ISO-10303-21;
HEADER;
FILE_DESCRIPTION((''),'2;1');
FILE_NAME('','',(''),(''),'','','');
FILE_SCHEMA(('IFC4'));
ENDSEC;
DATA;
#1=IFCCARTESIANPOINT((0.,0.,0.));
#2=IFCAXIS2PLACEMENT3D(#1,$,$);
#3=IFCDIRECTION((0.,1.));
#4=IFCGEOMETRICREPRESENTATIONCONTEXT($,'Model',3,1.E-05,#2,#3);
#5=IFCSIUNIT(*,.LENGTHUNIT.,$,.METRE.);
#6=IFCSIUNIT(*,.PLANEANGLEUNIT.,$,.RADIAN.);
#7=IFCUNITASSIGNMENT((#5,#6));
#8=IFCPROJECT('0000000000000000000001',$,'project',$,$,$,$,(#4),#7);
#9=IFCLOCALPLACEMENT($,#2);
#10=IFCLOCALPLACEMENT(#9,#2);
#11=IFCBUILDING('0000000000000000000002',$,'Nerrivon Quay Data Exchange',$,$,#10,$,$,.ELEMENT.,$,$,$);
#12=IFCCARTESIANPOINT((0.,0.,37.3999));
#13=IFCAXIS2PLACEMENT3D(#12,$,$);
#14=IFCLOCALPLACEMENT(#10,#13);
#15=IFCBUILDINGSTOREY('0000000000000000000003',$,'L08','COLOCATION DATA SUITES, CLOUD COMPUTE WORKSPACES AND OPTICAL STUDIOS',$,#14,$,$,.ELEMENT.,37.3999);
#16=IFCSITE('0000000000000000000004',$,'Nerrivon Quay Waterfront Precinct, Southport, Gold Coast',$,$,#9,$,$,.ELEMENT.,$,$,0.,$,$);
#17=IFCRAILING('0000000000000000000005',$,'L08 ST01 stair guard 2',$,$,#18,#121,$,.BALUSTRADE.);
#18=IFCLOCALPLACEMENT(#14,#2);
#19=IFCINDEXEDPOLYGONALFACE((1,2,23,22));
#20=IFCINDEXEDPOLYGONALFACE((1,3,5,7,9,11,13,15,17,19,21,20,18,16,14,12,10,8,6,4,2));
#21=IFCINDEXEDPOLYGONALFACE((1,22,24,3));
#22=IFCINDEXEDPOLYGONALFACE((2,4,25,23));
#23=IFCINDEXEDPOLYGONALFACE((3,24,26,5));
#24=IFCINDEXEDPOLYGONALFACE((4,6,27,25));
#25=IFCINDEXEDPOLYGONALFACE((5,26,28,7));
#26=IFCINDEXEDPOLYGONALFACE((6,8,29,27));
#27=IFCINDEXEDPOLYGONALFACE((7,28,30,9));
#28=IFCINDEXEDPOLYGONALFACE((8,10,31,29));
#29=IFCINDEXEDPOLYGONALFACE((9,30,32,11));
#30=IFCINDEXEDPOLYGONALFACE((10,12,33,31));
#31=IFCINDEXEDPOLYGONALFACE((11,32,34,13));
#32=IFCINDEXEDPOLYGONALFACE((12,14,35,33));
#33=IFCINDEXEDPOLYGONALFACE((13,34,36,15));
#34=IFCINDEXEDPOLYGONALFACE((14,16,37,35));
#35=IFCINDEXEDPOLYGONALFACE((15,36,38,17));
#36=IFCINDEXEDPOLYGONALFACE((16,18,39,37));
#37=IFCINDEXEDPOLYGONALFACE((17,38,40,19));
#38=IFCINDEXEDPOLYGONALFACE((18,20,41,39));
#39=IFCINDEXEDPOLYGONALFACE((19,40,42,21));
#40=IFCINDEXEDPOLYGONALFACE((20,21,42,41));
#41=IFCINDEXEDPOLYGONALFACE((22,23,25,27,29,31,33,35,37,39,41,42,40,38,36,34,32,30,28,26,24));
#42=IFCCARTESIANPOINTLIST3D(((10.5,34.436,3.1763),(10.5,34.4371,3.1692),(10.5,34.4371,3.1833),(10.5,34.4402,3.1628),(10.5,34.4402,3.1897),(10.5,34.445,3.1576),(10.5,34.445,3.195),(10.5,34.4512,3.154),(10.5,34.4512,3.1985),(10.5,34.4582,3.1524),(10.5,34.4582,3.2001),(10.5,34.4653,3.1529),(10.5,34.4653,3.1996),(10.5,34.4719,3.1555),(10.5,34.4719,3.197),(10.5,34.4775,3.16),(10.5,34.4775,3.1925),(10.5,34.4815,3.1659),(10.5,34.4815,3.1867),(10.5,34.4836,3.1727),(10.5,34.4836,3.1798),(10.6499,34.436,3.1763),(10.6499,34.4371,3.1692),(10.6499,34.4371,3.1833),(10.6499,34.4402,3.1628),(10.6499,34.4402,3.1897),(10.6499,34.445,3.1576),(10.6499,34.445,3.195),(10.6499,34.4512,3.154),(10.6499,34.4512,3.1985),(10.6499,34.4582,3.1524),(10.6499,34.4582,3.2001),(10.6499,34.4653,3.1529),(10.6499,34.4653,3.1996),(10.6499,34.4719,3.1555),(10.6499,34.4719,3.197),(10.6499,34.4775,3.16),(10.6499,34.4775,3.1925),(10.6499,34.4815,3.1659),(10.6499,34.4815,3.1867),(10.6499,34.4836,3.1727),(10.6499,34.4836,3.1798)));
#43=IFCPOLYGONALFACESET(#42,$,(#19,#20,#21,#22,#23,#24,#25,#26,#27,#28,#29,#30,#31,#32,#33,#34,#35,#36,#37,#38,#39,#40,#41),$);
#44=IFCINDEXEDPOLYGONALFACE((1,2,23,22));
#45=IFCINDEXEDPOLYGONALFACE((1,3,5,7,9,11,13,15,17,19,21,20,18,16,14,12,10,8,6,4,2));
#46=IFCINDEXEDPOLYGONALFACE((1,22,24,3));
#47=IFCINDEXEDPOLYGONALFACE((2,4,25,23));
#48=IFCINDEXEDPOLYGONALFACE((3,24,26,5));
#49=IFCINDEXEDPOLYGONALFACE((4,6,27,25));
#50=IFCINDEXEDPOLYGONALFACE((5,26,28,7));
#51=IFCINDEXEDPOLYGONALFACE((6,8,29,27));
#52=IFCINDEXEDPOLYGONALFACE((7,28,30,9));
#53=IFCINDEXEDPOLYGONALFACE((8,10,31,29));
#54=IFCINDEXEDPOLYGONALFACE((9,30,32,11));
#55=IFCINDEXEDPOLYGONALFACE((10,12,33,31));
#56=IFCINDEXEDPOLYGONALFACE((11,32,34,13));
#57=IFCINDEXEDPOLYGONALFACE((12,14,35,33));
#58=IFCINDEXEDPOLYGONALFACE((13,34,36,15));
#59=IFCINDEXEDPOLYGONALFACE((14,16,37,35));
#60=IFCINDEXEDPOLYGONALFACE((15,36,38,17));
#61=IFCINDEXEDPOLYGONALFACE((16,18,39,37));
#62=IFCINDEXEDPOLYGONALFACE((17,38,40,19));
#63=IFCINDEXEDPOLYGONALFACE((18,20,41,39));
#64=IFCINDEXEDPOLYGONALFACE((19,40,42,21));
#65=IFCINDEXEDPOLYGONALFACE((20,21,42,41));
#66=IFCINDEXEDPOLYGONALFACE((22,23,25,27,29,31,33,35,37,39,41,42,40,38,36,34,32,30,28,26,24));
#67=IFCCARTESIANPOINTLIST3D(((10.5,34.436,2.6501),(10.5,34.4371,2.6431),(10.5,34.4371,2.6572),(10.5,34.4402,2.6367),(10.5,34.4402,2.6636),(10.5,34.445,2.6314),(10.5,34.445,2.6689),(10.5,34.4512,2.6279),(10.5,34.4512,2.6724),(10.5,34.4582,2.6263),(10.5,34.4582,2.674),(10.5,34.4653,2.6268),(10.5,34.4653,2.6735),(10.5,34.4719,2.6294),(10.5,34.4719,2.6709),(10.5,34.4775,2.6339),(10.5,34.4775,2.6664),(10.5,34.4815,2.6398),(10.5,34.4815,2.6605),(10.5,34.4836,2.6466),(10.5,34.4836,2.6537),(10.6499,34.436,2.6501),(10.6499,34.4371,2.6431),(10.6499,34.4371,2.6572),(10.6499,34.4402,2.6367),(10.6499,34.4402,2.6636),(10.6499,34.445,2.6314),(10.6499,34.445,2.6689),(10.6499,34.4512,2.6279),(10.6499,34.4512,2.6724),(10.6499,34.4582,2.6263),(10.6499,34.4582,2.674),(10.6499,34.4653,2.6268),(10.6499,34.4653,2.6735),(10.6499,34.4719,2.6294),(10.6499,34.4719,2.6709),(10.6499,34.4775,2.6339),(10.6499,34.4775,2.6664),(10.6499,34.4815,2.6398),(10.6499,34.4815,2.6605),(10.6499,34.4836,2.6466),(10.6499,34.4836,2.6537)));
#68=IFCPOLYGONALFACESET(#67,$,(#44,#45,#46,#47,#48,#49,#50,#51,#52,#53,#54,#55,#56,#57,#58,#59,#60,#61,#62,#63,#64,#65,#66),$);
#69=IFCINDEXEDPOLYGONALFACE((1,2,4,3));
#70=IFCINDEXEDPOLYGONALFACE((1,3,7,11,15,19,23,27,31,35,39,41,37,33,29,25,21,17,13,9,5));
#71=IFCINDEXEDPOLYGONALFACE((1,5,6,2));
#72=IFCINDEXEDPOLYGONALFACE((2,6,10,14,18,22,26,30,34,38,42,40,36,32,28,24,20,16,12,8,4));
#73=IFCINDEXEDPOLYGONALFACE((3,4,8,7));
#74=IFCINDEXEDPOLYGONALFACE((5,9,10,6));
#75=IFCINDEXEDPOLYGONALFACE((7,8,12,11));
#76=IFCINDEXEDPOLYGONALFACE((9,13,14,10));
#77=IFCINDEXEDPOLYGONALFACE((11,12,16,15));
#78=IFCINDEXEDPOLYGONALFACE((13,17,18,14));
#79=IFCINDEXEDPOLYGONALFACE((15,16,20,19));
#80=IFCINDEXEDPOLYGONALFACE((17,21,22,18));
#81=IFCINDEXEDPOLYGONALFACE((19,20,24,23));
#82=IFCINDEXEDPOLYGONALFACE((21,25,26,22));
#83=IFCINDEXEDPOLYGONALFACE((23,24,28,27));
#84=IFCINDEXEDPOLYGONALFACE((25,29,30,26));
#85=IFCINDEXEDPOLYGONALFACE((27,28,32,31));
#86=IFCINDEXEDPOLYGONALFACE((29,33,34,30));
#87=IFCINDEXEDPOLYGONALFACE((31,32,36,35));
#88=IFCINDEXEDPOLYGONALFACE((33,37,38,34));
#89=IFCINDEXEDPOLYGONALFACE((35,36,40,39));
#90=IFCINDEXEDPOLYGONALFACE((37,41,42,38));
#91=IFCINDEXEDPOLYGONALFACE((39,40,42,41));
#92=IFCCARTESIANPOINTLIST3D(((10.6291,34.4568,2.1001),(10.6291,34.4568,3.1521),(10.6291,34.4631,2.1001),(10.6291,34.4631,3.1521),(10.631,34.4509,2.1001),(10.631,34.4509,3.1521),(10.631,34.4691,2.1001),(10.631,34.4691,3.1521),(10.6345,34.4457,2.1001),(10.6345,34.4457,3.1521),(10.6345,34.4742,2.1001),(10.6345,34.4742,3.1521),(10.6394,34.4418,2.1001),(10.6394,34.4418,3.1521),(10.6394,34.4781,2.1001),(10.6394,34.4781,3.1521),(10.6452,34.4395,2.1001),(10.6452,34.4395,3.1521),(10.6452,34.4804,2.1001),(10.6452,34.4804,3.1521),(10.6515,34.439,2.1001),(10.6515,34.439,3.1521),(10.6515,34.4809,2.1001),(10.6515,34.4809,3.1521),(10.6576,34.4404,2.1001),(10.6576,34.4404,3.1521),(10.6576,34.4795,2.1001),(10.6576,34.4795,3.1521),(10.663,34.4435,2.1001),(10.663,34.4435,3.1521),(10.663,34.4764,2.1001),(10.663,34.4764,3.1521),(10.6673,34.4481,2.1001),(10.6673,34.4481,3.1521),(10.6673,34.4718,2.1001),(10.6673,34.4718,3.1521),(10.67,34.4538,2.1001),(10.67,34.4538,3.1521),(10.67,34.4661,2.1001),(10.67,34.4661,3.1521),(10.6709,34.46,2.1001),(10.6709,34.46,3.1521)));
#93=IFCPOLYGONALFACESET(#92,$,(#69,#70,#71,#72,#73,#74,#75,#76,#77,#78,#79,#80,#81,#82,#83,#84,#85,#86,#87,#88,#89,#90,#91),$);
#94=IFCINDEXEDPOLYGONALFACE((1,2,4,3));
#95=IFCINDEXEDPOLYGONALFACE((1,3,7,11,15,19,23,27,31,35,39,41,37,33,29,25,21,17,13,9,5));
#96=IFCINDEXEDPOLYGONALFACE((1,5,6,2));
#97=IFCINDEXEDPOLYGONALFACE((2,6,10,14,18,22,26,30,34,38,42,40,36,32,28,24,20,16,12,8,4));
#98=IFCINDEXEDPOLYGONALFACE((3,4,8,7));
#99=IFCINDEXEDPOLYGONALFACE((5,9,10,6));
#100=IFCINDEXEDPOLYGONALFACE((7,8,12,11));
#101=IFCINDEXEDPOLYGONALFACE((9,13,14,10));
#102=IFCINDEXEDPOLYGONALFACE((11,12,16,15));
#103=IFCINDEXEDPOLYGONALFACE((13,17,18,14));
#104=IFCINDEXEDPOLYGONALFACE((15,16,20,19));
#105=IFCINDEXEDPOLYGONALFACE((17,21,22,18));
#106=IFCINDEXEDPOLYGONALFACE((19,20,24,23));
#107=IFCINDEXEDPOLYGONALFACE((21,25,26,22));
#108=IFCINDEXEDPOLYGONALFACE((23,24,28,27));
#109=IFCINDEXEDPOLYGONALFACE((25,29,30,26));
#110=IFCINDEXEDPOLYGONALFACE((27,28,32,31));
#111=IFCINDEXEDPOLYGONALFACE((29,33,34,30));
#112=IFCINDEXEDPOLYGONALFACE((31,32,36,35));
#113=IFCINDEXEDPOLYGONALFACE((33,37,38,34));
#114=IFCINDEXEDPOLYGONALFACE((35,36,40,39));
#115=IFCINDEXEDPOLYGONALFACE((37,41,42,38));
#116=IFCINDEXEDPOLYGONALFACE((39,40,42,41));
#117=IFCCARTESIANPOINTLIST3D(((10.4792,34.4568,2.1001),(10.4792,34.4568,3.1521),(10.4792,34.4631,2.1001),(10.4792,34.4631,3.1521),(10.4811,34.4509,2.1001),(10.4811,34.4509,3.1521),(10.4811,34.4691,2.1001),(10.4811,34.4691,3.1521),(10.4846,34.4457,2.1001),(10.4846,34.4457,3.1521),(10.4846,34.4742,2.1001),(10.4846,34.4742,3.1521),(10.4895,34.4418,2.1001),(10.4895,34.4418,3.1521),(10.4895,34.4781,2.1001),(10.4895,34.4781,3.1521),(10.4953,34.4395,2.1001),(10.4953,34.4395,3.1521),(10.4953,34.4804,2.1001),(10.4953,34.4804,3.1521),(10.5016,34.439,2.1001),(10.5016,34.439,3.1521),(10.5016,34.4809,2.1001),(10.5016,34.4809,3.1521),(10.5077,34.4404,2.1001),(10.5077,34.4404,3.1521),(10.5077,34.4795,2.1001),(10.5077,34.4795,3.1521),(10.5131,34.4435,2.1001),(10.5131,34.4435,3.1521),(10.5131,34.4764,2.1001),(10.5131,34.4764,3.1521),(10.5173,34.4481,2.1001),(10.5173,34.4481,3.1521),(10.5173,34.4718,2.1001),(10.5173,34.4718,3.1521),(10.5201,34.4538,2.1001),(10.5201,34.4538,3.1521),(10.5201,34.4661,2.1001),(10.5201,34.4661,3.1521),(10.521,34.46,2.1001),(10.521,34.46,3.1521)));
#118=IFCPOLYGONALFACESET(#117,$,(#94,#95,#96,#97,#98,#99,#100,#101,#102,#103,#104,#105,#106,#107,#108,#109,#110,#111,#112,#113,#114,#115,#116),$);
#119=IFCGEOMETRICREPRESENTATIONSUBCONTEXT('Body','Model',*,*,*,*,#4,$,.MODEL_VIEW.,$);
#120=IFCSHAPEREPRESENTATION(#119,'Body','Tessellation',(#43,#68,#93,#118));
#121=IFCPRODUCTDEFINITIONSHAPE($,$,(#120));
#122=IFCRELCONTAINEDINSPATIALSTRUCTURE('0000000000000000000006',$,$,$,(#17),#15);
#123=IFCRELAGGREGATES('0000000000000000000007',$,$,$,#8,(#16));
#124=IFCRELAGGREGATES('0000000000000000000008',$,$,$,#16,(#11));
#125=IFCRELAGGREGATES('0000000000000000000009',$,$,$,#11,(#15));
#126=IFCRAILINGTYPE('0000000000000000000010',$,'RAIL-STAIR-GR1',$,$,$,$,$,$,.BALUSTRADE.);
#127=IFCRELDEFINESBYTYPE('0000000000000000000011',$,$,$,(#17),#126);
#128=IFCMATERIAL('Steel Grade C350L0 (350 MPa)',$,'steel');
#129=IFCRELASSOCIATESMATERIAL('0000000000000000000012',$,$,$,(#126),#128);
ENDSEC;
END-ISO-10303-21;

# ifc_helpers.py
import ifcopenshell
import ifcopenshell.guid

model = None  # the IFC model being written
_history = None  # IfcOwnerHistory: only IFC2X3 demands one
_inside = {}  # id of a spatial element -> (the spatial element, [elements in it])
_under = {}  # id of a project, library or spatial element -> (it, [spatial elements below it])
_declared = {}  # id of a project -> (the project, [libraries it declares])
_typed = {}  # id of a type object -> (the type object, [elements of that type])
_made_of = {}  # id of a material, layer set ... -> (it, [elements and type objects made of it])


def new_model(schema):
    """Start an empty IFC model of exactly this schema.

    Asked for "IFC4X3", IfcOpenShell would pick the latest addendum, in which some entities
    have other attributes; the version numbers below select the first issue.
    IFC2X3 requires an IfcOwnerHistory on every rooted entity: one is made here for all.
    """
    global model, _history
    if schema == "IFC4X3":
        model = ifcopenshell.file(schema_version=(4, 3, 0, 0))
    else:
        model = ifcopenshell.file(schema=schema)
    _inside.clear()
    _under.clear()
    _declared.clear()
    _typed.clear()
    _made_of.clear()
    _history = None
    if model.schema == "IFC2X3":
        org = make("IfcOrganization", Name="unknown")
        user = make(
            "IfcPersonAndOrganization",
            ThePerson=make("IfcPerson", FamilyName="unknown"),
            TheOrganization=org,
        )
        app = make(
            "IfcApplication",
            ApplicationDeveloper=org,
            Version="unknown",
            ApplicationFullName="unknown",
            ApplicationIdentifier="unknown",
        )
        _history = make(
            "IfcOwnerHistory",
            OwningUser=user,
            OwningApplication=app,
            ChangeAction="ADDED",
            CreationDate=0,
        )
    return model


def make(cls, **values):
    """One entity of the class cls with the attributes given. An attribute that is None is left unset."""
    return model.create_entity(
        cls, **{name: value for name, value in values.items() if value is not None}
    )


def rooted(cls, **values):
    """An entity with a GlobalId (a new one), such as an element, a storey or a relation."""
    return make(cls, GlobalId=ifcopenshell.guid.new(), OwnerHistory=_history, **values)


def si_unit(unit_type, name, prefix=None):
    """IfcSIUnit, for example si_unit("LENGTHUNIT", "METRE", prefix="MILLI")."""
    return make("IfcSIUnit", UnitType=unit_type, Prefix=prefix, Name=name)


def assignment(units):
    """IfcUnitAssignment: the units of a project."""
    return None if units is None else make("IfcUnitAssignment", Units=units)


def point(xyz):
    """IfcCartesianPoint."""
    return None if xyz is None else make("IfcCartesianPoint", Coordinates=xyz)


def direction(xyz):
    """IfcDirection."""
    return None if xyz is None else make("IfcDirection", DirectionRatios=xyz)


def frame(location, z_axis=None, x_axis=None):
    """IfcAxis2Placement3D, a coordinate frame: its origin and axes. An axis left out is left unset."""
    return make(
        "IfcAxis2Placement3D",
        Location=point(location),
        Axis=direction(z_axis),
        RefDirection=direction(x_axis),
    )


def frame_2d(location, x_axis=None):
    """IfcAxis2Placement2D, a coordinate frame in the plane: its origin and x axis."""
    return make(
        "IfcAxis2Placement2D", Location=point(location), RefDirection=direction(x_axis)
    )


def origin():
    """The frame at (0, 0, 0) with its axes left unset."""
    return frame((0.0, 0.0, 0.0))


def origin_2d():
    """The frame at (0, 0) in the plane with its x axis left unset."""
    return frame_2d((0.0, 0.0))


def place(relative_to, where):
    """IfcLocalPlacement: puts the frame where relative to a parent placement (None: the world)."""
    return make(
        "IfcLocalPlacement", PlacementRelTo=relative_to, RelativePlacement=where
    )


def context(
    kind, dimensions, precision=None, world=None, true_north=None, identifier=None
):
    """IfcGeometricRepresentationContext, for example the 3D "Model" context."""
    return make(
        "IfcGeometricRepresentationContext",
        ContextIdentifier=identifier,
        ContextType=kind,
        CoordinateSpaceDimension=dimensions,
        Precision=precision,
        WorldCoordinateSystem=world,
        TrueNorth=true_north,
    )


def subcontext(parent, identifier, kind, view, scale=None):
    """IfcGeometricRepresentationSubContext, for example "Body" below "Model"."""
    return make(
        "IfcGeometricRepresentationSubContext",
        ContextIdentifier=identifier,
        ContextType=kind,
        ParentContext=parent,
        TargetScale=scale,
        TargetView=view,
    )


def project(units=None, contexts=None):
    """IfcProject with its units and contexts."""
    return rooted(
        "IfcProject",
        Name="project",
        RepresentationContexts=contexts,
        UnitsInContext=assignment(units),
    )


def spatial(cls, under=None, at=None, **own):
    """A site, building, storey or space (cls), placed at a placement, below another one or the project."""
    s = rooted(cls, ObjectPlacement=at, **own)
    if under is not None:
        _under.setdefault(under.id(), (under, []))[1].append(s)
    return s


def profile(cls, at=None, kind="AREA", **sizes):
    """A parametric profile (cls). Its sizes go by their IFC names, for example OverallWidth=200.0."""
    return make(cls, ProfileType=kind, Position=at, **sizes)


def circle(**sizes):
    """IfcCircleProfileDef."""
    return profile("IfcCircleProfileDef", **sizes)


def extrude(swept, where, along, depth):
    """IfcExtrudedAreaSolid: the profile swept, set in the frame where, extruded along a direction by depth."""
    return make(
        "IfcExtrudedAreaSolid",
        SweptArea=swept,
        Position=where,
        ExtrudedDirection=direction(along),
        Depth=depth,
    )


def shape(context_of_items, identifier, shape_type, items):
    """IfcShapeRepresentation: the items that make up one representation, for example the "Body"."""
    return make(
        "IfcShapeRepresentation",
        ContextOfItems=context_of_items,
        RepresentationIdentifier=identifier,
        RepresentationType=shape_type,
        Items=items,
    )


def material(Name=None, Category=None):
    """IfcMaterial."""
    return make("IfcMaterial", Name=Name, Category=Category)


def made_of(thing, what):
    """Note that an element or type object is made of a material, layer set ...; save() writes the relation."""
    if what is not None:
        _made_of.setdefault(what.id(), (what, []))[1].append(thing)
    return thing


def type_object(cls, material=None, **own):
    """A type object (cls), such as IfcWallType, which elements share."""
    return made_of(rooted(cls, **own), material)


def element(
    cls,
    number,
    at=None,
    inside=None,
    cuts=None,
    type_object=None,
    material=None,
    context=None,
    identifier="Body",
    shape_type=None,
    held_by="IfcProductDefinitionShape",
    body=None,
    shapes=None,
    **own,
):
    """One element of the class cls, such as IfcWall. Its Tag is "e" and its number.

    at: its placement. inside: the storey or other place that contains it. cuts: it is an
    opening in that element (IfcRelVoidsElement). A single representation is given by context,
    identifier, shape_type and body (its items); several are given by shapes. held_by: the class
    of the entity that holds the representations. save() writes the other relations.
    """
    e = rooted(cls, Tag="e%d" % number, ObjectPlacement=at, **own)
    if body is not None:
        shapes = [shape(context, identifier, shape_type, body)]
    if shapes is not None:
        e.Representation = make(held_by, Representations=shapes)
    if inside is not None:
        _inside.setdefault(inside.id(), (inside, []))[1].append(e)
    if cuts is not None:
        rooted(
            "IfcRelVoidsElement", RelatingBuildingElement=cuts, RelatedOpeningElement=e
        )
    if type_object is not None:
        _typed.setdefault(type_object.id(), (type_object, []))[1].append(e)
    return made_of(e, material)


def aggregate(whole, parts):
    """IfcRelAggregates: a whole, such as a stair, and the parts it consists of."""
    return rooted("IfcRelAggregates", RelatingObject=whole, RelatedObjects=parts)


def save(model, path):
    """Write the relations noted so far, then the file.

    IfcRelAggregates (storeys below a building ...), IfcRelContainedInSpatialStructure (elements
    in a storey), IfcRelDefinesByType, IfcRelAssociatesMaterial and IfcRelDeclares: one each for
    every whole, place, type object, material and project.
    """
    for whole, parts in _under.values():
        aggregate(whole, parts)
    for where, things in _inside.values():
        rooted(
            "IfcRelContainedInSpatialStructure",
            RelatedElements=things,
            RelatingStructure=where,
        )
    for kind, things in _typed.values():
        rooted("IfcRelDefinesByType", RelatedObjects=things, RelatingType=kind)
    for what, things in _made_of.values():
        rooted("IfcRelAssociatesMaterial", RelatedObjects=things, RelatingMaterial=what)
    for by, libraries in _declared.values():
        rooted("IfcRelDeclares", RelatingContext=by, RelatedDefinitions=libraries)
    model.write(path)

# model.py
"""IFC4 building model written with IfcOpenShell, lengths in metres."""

from ifc_helpers import new_model, si_unit, direction, frame, origin, origin_2d, place, context, subcontext, project, spatial, circle, extrude, material, type_object, element, save


model = new_model("IFC4")

# Units and contexts
model_context = context("Model", 3, precision=1e-05, world=origin(), true_north=direction((0.0, 1.0)))
body_context = subcontext(model_context, "Body", "Model", "MODEL_VIEW")
ifc_project = project(units=[si_unit("LENGTHUNIT", "METRE"), si_unit("PLANEANGLEUNIT", "RADIAN")], contexts=[model_context])

# Site, building, storey
site_placement = place(None, origin())
site = spatial("IfcSite", under=ifc_project, at=site_placement, Name="Nerrivon Quay Waterfront Precinct, Southport, Gold Coast", CompositionType="ELEMENT", RefElevation=0.0)
building_placement = place(site_placement, origin())
building = spatial("IfcBuilding", under=site, at=building_placement, Name="Nerrivon Quay Data Exchange", CompositionType="ELEMENT")
storey_placement = place(building_placement, frame((0.0, 0.0, 37.3999)))
storey = spatial("IfcBuildingStorey", under=building, at=storey_placement, Name="L08", Description="COLOCATION DATA SUITES, CLOUD COMPUTE WORKSPACES AND OPTICAL STUDIOS", CompositionType="ELEMENT", Elevation=37.3999)

# Railing
ifc_material_1 = material(Name="Steel Grade C350L0 (350 MPa)", Category="steel")
railing_type = type_object("IfcRailingType", Name="RAIL-STAIR-GR1", PredefinedType="BALUSTRADE", material=ifc_material_1)
railing_1_placement = place(storey_placement, frame((10.6499, 34.46, 2.1001)))
element("IfcRailing", 1, at=railing_1_placement, inside=storey, type_object=railing_type, Name="L08 ST01 stair guard 2", PredefinedType="BALUSTRADE", context=body_context, shape_type="SweptSolid", body=[
    extrude(circle(Radius=0.0239, at=origin_2d()), frame((0.0, 0.0, 1.0762), z_axis=(-1.0, 0.0, 0.0), x_axis=(0.0, -1.0, 0.0)), (0.0, 0.0, 1.0), 0.1499),
    extrude(circle(Radius=0.0239, at=origin_2d()), frame((0.0, 0.0, 0.55), z_axis=(-1.0, 0.0, 0.0), x_axis=(0.0, -1.0, 0.0)), (0.0, 0.0, 1.0), 0.1499),
    extrude(circle(Radius=0.021, at=origin_2d()), origin(), (0.0, 0.0, 1.0), 1.052),
    extrude(circle(Radius=0.021, at=origin_2d()), frame((-0.1499, 0.0, 0.0)), (0.0, 0.0, 1.0), 1.052),
])

save(model, "model.ifc")
